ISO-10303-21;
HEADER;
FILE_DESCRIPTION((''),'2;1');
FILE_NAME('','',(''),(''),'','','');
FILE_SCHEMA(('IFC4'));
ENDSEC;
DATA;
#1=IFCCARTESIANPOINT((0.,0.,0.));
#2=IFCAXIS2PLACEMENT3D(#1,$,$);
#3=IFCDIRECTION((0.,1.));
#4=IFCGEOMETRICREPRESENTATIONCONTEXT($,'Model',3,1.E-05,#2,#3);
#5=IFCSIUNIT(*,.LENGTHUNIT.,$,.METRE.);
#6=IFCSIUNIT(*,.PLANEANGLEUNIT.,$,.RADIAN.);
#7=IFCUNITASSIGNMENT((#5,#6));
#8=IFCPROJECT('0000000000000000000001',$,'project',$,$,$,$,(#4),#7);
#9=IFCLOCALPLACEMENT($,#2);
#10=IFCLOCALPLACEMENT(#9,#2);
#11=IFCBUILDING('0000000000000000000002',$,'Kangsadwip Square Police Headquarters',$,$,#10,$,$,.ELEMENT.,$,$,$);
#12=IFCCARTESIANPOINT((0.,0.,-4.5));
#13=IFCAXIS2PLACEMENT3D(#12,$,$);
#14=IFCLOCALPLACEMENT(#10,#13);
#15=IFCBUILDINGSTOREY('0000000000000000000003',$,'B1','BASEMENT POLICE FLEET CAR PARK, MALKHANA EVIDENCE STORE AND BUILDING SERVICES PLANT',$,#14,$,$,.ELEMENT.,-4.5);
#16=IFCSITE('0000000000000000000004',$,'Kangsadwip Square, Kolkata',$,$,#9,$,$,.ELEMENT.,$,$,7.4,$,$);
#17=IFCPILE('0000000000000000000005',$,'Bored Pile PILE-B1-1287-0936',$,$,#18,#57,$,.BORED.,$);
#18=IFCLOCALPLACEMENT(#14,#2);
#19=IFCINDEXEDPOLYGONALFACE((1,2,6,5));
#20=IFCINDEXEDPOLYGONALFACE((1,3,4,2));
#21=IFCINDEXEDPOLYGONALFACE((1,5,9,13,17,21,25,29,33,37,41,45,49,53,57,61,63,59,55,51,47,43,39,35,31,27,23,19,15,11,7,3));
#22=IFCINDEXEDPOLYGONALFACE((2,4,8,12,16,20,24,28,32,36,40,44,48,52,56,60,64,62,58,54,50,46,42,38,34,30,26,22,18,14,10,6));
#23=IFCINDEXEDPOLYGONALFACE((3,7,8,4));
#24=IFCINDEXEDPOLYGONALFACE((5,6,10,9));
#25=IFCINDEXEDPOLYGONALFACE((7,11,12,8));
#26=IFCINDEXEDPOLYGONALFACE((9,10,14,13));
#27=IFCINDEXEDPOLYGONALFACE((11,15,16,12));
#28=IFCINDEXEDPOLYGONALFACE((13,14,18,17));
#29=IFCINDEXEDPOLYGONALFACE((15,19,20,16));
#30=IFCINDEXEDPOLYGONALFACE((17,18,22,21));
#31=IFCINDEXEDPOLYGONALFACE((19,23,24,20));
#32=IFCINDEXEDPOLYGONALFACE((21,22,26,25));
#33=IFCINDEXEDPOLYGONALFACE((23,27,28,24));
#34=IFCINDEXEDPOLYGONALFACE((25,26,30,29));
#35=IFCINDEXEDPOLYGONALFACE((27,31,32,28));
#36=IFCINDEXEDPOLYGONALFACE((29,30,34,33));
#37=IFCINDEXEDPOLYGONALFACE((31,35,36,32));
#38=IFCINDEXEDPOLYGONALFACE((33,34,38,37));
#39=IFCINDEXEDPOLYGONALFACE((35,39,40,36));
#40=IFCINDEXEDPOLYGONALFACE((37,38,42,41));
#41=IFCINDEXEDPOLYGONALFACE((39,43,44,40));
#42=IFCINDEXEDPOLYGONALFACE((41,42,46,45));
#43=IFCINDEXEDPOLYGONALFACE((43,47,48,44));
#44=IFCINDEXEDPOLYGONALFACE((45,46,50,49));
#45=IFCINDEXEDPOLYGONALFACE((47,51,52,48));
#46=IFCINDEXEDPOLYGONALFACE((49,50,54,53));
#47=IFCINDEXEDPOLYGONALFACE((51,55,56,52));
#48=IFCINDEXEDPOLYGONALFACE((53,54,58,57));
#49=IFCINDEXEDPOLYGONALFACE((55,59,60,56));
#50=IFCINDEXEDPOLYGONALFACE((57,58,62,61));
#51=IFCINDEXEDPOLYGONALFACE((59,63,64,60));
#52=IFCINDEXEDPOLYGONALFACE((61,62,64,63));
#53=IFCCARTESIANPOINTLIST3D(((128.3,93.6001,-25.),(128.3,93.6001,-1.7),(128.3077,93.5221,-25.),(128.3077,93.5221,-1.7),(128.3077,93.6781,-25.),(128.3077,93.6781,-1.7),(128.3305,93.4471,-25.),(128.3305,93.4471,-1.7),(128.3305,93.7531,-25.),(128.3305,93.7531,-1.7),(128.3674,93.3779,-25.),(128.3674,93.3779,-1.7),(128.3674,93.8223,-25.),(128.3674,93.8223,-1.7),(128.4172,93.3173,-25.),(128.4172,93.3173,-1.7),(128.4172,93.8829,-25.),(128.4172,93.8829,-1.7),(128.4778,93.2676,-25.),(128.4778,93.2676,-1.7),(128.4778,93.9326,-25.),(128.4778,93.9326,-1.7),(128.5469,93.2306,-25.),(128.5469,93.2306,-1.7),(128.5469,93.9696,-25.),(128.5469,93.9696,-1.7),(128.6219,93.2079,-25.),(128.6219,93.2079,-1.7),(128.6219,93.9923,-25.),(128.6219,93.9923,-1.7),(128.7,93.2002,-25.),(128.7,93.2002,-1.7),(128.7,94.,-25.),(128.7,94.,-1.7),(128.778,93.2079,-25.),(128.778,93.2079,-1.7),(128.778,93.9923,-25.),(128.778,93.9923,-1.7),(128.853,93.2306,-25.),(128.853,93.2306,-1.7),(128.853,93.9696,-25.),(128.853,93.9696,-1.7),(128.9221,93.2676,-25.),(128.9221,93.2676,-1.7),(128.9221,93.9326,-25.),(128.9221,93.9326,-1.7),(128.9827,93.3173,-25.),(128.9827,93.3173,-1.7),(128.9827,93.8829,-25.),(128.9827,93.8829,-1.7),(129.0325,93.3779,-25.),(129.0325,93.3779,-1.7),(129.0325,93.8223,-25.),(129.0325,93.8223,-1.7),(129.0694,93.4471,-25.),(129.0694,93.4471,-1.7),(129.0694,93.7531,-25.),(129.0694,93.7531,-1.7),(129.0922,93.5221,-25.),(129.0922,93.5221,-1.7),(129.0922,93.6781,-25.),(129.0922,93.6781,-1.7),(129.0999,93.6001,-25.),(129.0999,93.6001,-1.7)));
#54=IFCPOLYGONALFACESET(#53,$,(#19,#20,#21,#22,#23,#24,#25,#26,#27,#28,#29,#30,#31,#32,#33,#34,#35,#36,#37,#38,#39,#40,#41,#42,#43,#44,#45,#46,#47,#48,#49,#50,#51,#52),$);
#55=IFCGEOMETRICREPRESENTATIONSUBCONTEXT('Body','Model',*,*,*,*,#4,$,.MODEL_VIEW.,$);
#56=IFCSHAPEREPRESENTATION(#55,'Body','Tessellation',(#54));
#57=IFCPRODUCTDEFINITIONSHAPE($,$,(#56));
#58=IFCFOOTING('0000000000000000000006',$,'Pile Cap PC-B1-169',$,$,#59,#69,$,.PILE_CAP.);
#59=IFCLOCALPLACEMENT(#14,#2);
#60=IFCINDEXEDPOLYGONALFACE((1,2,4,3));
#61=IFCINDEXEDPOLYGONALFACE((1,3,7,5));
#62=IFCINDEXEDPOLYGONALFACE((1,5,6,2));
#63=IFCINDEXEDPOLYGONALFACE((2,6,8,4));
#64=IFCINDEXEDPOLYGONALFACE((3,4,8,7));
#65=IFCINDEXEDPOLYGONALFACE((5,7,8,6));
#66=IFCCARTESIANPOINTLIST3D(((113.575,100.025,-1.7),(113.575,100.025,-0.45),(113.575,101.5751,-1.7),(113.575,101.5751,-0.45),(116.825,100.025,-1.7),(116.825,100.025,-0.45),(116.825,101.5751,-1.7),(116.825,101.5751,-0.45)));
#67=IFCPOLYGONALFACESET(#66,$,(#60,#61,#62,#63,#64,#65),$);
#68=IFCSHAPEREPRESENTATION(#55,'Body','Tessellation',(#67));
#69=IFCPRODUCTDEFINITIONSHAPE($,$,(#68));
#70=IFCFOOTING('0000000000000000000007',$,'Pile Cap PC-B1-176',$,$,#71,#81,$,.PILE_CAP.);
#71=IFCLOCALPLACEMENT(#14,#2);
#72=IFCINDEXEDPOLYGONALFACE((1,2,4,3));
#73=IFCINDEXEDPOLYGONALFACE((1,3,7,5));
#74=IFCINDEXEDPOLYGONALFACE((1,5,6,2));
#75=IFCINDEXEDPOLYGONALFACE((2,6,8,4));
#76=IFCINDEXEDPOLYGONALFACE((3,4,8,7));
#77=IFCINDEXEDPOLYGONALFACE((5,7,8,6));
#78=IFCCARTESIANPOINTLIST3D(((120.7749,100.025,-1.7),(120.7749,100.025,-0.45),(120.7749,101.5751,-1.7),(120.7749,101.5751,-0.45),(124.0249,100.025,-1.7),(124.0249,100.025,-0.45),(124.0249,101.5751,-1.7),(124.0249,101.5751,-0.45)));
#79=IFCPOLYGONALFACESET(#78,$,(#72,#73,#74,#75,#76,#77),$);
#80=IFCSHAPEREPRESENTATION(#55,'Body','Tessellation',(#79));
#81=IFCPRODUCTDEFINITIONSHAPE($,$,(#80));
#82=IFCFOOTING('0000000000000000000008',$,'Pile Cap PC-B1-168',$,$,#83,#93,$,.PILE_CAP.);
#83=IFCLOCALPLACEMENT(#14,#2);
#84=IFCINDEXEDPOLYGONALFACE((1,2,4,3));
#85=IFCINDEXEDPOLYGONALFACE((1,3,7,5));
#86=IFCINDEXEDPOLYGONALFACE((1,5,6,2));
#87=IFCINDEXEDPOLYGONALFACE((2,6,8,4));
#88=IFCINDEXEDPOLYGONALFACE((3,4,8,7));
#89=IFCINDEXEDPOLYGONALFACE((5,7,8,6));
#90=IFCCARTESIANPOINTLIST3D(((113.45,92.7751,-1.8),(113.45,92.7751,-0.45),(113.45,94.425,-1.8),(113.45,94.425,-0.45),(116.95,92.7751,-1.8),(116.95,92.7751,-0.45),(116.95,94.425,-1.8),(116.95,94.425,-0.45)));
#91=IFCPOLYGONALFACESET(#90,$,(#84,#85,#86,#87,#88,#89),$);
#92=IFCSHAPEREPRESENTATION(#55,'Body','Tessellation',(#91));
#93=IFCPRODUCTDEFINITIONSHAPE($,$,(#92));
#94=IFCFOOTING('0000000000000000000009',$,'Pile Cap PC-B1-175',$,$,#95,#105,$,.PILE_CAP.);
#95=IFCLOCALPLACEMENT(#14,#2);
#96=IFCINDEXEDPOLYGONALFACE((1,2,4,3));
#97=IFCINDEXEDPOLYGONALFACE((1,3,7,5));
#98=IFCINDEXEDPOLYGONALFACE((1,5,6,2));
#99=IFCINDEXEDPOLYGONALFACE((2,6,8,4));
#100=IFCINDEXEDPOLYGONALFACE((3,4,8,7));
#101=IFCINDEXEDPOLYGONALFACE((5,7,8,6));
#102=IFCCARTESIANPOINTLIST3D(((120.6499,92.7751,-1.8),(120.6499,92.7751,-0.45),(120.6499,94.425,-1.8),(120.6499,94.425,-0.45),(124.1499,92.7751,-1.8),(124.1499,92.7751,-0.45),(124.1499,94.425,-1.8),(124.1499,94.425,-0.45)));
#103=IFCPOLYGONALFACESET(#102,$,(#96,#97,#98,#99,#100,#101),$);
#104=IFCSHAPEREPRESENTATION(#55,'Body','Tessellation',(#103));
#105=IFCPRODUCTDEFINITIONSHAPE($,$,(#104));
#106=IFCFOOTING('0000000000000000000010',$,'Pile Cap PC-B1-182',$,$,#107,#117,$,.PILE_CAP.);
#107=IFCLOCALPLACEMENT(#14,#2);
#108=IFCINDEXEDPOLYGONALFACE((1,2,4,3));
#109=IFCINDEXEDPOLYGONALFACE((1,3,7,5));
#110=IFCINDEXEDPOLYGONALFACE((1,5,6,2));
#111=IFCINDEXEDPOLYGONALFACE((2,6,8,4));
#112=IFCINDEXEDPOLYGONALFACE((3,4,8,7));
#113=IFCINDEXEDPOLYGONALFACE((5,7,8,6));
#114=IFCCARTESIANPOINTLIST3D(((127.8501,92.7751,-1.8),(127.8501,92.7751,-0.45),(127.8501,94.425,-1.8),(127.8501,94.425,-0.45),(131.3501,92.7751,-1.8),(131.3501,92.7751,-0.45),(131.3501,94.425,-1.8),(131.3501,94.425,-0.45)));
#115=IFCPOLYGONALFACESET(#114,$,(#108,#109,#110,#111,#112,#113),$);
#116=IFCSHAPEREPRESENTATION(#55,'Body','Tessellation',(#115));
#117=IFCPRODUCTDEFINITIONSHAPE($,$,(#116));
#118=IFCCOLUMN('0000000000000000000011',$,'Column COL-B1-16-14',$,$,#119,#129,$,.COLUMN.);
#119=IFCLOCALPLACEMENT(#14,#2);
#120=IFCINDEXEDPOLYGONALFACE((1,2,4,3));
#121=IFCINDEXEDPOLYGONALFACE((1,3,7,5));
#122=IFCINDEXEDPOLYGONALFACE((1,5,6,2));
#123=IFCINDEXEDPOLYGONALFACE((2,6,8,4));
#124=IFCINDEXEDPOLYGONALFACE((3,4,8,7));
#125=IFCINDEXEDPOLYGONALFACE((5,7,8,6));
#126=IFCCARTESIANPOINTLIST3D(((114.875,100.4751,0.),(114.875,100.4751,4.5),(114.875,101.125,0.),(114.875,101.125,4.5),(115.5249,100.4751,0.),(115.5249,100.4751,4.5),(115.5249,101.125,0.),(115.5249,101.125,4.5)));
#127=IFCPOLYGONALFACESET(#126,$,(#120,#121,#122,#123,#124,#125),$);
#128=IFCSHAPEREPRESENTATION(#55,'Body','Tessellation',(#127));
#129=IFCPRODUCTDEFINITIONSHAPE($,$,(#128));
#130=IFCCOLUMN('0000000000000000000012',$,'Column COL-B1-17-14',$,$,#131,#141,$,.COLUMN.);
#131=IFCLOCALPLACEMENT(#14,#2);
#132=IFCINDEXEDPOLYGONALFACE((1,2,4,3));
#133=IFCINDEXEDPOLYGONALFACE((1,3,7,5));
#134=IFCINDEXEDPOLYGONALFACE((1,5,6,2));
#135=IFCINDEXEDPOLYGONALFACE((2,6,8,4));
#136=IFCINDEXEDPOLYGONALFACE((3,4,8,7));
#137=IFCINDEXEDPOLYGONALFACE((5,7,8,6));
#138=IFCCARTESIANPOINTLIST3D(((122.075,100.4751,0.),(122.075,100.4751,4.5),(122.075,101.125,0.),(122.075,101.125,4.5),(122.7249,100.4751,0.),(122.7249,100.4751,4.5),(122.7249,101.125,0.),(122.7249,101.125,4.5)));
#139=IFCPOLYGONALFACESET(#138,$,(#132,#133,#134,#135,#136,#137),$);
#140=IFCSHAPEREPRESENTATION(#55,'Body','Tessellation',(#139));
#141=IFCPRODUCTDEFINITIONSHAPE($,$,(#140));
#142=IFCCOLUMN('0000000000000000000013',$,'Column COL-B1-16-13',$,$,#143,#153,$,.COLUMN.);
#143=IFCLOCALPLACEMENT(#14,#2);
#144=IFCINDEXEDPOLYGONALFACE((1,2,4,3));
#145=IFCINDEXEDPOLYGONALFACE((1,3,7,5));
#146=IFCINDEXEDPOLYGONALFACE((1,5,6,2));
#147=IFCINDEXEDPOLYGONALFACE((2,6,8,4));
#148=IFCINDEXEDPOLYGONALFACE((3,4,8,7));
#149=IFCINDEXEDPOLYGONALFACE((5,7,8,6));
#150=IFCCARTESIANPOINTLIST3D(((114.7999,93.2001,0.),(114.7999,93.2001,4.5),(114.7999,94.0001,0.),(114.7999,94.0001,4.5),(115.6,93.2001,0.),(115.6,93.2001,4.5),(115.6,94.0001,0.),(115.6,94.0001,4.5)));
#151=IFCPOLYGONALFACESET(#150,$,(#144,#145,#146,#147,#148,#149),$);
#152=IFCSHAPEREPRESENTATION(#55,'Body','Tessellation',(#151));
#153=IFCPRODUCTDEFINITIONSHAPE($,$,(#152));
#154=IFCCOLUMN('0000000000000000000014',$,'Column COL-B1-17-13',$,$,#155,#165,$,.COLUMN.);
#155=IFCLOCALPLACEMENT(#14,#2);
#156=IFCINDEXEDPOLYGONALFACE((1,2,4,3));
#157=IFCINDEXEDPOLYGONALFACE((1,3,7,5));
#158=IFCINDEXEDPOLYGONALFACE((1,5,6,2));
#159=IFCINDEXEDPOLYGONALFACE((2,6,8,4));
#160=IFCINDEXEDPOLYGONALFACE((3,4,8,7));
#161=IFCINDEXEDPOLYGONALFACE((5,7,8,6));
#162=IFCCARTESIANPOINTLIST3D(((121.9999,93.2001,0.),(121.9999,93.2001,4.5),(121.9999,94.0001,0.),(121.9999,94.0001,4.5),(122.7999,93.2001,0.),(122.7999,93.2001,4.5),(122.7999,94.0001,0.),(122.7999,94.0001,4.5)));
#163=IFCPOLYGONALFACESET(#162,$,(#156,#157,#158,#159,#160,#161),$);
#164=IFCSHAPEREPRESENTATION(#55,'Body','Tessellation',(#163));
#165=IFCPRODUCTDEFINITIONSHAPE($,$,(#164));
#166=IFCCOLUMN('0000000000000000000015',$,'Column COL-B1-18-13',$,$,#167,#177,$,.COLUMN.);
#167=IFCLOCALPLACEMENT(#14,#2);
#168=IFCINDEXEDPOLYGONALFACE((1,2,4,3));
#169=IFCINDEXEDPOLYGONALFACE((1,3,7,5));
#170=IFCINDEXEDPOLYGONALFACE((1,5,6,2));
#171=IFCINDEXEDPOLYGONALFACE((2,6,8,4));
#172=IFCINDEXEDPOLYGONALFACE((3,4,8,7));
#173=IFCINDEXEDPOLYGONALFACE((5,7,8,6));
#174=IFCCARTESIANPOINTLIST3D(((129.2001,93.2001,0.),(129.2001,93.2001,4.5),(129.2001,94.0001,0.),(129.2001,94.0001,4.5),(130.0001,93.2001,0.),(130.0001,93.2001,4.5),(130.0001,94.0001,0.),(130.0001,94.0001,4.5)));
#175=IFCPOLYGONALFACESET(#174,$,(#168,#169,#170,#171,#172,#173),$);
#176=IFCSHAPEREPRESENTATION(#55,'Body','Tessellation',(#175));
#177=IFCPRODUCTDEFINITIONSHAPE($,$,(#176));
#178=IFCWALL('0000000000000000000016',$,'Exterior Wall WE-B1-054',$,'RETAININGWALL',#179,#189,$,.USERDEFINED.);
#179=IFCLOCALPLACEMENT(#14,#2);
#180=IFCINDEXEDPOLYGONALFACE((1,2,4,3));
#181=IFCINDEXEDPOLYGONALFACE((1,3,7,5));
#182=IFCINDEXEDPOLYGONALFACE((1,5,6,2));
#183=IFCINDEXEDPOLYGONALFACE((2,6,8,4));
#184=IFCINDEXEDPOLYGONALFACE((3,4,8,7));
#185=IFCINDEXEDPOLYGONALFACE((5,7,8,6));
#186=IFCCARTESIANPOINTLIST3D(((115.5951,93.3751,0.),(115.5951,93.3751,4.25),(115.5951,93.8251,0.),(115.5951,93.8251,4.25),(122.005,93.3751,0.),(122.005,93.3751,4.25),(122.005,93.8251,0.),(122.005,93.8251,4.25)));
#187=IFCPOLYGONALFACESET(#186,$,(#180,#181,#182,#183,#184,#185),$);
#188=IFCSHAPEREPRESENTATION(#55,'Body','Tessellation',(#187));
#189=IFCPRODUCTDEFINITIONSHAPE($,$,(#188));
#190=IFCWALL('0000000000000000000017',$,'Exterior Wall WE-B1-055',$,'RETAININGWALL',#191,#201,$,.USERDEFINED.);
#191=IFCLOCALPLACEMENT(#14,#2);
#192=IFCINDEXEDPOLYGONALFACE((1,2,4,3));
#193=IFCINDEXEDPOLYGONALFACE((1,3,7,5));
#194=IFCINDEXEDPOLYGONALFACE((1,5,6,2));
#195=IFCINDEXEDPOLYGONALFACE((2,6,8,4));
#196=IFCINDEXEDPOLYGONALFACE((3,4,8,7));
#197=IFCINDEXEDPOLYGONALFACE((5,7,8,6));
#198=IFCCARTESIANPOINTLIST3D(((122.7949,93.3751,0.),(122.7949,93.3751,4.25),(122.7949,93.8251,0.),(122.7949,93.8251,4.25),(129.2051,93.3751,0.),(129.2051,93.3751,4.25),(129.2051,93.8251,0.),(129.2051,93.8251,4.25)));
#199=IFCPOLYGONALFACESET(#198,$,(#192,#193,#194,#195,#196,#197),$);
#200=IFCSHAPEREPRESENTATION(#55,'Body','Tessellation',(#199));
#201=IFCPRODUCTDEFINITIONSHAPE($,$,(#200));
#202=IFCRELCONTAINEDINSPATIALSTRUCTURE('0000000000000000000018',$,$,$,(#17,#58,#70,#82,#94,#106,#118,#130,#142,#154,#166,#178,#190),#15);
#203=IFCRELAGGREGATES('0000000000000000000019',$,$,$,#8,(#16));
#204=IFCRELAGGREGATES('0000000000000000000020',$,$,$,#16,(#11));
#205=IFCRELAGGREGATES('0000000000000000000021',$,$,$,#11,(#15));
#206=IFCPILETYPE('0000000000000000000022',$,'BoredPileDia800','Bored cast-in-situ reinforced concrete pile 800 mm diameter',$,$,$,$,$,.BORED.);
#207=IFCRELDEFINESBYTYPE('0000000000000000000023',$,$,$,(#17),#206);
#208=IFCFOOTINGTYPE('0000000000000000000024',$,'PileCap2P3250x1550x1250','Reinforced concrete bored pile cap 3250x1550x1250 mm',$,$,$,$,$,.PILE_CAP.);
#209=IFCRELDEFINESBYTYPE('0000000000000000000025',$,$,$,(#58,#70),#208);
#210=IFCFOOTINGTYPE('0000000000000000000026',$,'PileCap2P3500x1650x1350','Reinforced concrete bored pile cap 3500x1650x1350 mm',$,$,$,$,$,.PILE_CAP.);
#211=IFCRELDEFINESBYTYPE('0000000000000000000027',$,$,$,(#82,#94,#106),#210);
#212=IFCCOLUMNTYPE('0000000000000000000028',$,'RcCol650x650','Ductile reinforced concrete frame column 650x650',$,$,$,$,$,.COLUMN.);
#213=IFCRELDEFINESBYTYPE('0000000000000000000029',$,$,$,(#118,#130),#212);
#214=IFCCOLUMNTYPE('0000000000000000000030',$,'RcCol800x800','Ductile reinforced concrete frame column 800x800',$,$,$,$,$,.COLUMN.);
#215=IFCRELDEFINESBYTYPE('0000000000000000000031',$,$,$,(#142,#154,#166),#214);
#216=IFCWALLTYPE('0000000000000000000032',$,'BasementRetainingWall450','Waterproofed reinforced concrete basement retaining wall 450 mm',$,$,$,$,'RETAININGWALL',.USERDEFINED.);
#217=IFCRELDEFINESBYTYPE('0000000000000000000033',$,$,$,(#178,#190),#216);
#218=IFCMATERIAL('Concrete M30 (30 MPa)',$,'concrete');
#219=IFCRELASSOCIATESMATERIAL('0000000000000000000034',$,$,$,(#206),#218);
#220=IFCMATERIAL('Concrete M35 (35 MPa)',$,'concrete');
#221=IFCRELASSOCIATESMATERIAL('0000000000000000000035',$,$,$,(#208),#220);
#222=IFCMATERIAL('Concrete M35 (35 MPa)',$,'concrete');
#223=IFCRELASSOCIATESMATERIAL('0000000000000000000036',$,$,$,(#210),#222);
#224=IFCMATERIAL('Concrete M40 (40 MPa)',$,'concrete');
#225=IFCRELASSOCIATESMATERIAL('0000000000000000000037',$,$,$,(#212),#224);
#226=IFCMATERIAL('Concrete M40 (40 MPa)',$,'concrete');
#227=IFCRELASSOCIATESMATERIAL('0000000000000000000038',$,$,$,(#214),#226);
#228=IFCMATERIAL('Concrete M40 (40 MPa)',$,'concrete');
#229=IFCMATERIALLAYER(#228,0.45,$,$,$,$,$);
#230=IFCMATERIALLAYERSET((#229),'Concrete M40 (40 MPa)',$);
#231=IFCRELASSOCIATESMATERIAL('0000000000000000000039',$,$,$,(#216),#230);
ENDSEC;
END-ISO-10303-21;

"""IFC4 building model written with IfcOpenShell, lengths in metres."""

from ifc_helpers import new_model, si_unit, direction, frame, frame_2d, origin, origin_2d, place, context, subcontext, project, spatial, rectangle, circle, extrude, material, layer, layer_set, material_profile, profile_set, type_object, element, save


model = new_model("IFC4")

# Units and contexts
model_context = context("Model", 3, precision=1e-05, world=origin(), true_north=direction((0.0, 1.0)))
body_context = subcontext(model_context, "Body", "Model", "MODEL_VIEW")
ifc_project = project(units=[si_unit("LENGTHUNIT", "METRE"), si_unit("PLANEANGLEUNIT", "RADIAN")], contexts=[model_context])

# Site, building, storey
site_placement = place(None, origin())
site = spatial("IfcSite", under=ifc_project, at=site_placement, Name="Kangsadwip Square, Kolkata", CompositionType="ELEMENT", RefElevation=7.4)
building_placement = place(site_placement, origin())
building = spatial("IfcBuilding", under=site, at=building_placement, Name="Kangsadwip Square Police Headquarters", CompositionType="ELEMENT")
storey_placement = place(building_placement, frame((0.0, 0.0, -4.5)))
storey = spatial("IfcBuildingStorey", under=building, at=storey_placement, Name="B1", Description="BASEMENT POLICE FLEET CAR PARK, MALKHANA EVIDENCE STORE AND BUILDING SERVICES PLANT", CompositionType="ELEMENT", Elevation=-4.5)

# Pile
ifc_material_1 = material(Name="Concrete M30 (30 MPa)", Category="concrete")
ifc_material_profile_1 = material_profile(ifc_material_1, circle(Radius=0.3999, at=origin_2d()), Name="PILE DIA 800")
ifc_profile_set_1 = profile_set([ifc_material_profile_1], Name="Concrete M30 (30 MPa)")
pile_type_1 = type_object("IfcPileType", Name="BoredPileDia800", Description="Bored cast-in-situ reinforced concrete pile 800 mm diameter", PredefinedType="BORED", material=ifc_profile_set_1)
for number, where, z_axis, x_axis, name in (
    (1, (128.7, 93.6001, -1.7), (0.0, 0.0, -1.0), (1.0, 0.0, 0.0), "Bored Pile PILE-B1-1287-0936"),
):
    element("IfcPile", number, at=place(storey_placement, frame(where, z_axis=z_axis, x_axis=x_axis)), inside=storey, type_object=pile_type_1, Name=name, PredefinedType="BORED", context=body_context, shape_type="SweptSolid", body=[
        extrude(circle(Radius=0.3999, at=origin_2d()), origin(), (0.0, 0.0, 1.0), 23.3),
    ])

# Footings
ifc_material_2 = material(Name="Concrete M35 (35 MPa)", Category="concrete")
footing_type_1 = type_object("IfcFootingType", Name="PileCap2P3250x1550x1250", Description="Reinforced concrete bored pile cap 3250x1550x1250 mm", PredefinedType="PILE_CAP", material=ifc_material_2)
for number, where, z_axis, x_axis, name in (
    (2, (115.2, 100.8, -1.7), (0.0, 0.0, 1.0), (1.0, 0.0, 0.0), "Pile Cap PC-B1-169"),
    (3, (122.3999, 100.8, -1.7), (0.0, 0.0, 1.0), (1.0, 0.0, 0.0), "Pile Cap PC-B1-176"),
):
    element("IfcFooting", number, at=place(storey_placement, frame(where, z_axis=z_axis, x_axis=x_axis)), inside=storey, type_object=footing_type_1, Name=name, PredefinedType="PILE_CAP", context=body_context, shape_type="SweptSolid", body=[
        extrude(rectangle(XDim=3.25, YDim=1.55, at=origin_2d()), origin(), (0.0, 0.0, 1.0), 1.25),
    ])
ifc_material_3 = material(Name="Concrete M35 (35 MPa)", Category="concrete")
footing_type_2 = type_object("IfcFootingType", Name="PileCap2P3500x1650x1350", Description="Reinforced concrete bored pile cap 3500x1650x1350 mm", PredefinedType="PILE_CAP", material=ifc_material_3)
for number, where, z_axis, x_axis, name in (
    (4, (115.2, 93.6001, -1.8), (0.0, 0.0, 1.0), (1.0, 0.0, 0.0), "Pile Cap PC-B1-168"),
    (5, (122.3999, 93.6001, -1.8), (0.0, 0.0, 1.0), (1.0, 0.0, 0.0), "Pile Cap PC-B1-175"),
    (6, (129.6001, 93.6001, -1.8), (0.0, 0.0, 1.0), (1.0, 0.0, 0.0), "Pile Cap PC-B1-182"),
):
    element("IfcFooting", number, at=place(storey_placement, frame(where, z_axis=z_axis, x_axis=x_axis)), inside=storey, type_object=footing_type_2, Name=name, PredefinedType="PILE_CAP", context=body_context, shape_type="SweptSolid", body=[
        extrude(rectangle(XDim=3.5, YDim=1.6499, at=origin_2d()), origin(), (0.0, 0.0, 1.0), 1.3501),
    ])

# Columns
ifc_material_4 = material(Name="Concrete M40 (40 MPa)", Category="concrete")
ifc_material_profile_2 = material_profile(ifc_material_4, rectangle(XDim=0.6499, YDim=0.6499, at=origin_2d()), Name="RC COL 650X650")
ifc_profile_set_2 = profile_set([ifc_material_profile_2], Name="Concrete M40 (40 MPa)")
column_type_1 = type_object("IfcColumnType", Name="RcCol650x650", Description="Ductile reinforced concrete frame column 650x650", PredefinedType="COLUMN", material=ifc_profile_set_2)
for number, where, z_axis, x_axis, name in (
    (7, (115.2, 100.8, 0.0), (0.0, 0.0, 1.0), (1.0, 0.0, 0.0), "Column COL-B1-16-14"),
    (8, (122.3999, 100.8, 0.0), (0.0, 0.0, 1.0), (1.0, 0.0, 0.0), "Column COL-B1-17-14"),
):
    element("IfcColumn", number, at=place(storey_placement, frame(where, z_axis=z_axis, x_axis=x_axis)), inside=storey, type_object=column_type_1, Name=name, PredefinedType="COLUMN", context=body_context, shape_type="SweptSolid", body=[
        extrude(rectangle(XDim=0.6499, YDim=0.6499, at=origin_2d()), origin(), (0.0, 0.0, 1.0), 4.5),
    ])
ifc_material_5 = material(Name="Concrete M40 (40 MPa)", Category="concrete")
ifc_material_profile_3 = material_profile(ifc_material_5, rectangle(XDim=0.8, YDim=0.8, at=origin_2d()), Name="RC COL 800X800")
ifc_profile_set_3 = profile_set([ifc_material_profile_3], Name="Concrete M40 (40 MPa)")
column_type_2 = type_object("IfcColumnType", Name="RcCol800x800", Description="Ductile reinforced concrete frame column 800x800", PredefinedType="COLUMN", material=ifc_profile_set_3)
for number, where, z_axis, x_axis, name in (
    (9, (115.2, 93.6001, 0.0), (0.0, 0.0, 1.0), (1.0, 0.0, 0.0), "Column COL-B1-16-13"),
    (10, (122.3999, 93.6001, 0.0), (0.0, 0.0, 1.0), (1.0, 0.0, 0.0), "Column COL-B1-17-13"),
    (11, (129.6001, 93.6001, 0.0), (0.0, 0.0, 1.0), (1.0, 0.0, 0.0), "Column COL-B1-18-13"),
):
    element("IfcColumn", number, at=place(storey_placement, frame(where, z_axis=z_axis, x_axis=x_axis)), inside=storey, type_object=column_type_2, Name=name, PredefinedType="COLUMN", context=body_context, shape_type="SweptSolid", body=[
        extrude(rectangle(XDim=0.8, YDim=0.8, at=origin_2d()), origin(), (0.0, 0.0, 1.0), 4.5),
    ])

# Walls
ifc_material_6 = material(Name="Concrete M40 (40 MPa)", Category="concrete")
ifc_layer = layer(ifc_material_6, 0.45)
ifc_layer_set = layer_set([ifc_layer], Name="Concrete M40 (40 MPa)")
wall_type = type_object("IfcWallType", Name="BasementRetainingWall450", Description="Waterproofed reinforced concrete basement retaining wall 450 mm", ElementType="RETAININGWALL", PredefinedType="USERDEFINED", material=ifc_layer_set)
wall_1_placement = place(storey_placement, frame((115.595, 93.6001, 0.0), z_axis=(0.0, 0.0, 1.0), x_axis=(1.0, 0.0, 0.0)))
element("IfcWall", 12, at=wall_1_placement, inside=storey, type_object=wall_type, Name="Exterior Wall WE-B1-054", ObjectType="RETAININGWALL", PredefinedType="USERDEFINED", context=body_context, shape_type="SweptSolid", body=[
    extrude(rectangle(XDim=6.4099, YDim=0.45, at=frame_2d((3.2051, 0.0))), origin(), (0.0, 0.0, 1.0), 4.25),
])
wall_2_placement = place(storey_placement, frame((122.7949, 93.6001, 0.0), z_axis=(0.0, 0.0, 1.0), x_axis=(1.0, 0.0, 0.0)))
element("IfcWall", 13, at=wall_2_placement, inside=storey, type_object=wall_type, Name="Exterior Wall WE-B1-055", ObjectType="RETAININGWALL", PredefinedType="USERDEFINED", context=body_context, shape_type="SweptSolid", body=[
    extrude(rectangle(XDim=6.4102, YDim=0.45, at=frame_2d((3.2051, 0.0))), origin(), (0.0, 0.0, 1.0), 4.25),
])

save(model, "model.ifc")
